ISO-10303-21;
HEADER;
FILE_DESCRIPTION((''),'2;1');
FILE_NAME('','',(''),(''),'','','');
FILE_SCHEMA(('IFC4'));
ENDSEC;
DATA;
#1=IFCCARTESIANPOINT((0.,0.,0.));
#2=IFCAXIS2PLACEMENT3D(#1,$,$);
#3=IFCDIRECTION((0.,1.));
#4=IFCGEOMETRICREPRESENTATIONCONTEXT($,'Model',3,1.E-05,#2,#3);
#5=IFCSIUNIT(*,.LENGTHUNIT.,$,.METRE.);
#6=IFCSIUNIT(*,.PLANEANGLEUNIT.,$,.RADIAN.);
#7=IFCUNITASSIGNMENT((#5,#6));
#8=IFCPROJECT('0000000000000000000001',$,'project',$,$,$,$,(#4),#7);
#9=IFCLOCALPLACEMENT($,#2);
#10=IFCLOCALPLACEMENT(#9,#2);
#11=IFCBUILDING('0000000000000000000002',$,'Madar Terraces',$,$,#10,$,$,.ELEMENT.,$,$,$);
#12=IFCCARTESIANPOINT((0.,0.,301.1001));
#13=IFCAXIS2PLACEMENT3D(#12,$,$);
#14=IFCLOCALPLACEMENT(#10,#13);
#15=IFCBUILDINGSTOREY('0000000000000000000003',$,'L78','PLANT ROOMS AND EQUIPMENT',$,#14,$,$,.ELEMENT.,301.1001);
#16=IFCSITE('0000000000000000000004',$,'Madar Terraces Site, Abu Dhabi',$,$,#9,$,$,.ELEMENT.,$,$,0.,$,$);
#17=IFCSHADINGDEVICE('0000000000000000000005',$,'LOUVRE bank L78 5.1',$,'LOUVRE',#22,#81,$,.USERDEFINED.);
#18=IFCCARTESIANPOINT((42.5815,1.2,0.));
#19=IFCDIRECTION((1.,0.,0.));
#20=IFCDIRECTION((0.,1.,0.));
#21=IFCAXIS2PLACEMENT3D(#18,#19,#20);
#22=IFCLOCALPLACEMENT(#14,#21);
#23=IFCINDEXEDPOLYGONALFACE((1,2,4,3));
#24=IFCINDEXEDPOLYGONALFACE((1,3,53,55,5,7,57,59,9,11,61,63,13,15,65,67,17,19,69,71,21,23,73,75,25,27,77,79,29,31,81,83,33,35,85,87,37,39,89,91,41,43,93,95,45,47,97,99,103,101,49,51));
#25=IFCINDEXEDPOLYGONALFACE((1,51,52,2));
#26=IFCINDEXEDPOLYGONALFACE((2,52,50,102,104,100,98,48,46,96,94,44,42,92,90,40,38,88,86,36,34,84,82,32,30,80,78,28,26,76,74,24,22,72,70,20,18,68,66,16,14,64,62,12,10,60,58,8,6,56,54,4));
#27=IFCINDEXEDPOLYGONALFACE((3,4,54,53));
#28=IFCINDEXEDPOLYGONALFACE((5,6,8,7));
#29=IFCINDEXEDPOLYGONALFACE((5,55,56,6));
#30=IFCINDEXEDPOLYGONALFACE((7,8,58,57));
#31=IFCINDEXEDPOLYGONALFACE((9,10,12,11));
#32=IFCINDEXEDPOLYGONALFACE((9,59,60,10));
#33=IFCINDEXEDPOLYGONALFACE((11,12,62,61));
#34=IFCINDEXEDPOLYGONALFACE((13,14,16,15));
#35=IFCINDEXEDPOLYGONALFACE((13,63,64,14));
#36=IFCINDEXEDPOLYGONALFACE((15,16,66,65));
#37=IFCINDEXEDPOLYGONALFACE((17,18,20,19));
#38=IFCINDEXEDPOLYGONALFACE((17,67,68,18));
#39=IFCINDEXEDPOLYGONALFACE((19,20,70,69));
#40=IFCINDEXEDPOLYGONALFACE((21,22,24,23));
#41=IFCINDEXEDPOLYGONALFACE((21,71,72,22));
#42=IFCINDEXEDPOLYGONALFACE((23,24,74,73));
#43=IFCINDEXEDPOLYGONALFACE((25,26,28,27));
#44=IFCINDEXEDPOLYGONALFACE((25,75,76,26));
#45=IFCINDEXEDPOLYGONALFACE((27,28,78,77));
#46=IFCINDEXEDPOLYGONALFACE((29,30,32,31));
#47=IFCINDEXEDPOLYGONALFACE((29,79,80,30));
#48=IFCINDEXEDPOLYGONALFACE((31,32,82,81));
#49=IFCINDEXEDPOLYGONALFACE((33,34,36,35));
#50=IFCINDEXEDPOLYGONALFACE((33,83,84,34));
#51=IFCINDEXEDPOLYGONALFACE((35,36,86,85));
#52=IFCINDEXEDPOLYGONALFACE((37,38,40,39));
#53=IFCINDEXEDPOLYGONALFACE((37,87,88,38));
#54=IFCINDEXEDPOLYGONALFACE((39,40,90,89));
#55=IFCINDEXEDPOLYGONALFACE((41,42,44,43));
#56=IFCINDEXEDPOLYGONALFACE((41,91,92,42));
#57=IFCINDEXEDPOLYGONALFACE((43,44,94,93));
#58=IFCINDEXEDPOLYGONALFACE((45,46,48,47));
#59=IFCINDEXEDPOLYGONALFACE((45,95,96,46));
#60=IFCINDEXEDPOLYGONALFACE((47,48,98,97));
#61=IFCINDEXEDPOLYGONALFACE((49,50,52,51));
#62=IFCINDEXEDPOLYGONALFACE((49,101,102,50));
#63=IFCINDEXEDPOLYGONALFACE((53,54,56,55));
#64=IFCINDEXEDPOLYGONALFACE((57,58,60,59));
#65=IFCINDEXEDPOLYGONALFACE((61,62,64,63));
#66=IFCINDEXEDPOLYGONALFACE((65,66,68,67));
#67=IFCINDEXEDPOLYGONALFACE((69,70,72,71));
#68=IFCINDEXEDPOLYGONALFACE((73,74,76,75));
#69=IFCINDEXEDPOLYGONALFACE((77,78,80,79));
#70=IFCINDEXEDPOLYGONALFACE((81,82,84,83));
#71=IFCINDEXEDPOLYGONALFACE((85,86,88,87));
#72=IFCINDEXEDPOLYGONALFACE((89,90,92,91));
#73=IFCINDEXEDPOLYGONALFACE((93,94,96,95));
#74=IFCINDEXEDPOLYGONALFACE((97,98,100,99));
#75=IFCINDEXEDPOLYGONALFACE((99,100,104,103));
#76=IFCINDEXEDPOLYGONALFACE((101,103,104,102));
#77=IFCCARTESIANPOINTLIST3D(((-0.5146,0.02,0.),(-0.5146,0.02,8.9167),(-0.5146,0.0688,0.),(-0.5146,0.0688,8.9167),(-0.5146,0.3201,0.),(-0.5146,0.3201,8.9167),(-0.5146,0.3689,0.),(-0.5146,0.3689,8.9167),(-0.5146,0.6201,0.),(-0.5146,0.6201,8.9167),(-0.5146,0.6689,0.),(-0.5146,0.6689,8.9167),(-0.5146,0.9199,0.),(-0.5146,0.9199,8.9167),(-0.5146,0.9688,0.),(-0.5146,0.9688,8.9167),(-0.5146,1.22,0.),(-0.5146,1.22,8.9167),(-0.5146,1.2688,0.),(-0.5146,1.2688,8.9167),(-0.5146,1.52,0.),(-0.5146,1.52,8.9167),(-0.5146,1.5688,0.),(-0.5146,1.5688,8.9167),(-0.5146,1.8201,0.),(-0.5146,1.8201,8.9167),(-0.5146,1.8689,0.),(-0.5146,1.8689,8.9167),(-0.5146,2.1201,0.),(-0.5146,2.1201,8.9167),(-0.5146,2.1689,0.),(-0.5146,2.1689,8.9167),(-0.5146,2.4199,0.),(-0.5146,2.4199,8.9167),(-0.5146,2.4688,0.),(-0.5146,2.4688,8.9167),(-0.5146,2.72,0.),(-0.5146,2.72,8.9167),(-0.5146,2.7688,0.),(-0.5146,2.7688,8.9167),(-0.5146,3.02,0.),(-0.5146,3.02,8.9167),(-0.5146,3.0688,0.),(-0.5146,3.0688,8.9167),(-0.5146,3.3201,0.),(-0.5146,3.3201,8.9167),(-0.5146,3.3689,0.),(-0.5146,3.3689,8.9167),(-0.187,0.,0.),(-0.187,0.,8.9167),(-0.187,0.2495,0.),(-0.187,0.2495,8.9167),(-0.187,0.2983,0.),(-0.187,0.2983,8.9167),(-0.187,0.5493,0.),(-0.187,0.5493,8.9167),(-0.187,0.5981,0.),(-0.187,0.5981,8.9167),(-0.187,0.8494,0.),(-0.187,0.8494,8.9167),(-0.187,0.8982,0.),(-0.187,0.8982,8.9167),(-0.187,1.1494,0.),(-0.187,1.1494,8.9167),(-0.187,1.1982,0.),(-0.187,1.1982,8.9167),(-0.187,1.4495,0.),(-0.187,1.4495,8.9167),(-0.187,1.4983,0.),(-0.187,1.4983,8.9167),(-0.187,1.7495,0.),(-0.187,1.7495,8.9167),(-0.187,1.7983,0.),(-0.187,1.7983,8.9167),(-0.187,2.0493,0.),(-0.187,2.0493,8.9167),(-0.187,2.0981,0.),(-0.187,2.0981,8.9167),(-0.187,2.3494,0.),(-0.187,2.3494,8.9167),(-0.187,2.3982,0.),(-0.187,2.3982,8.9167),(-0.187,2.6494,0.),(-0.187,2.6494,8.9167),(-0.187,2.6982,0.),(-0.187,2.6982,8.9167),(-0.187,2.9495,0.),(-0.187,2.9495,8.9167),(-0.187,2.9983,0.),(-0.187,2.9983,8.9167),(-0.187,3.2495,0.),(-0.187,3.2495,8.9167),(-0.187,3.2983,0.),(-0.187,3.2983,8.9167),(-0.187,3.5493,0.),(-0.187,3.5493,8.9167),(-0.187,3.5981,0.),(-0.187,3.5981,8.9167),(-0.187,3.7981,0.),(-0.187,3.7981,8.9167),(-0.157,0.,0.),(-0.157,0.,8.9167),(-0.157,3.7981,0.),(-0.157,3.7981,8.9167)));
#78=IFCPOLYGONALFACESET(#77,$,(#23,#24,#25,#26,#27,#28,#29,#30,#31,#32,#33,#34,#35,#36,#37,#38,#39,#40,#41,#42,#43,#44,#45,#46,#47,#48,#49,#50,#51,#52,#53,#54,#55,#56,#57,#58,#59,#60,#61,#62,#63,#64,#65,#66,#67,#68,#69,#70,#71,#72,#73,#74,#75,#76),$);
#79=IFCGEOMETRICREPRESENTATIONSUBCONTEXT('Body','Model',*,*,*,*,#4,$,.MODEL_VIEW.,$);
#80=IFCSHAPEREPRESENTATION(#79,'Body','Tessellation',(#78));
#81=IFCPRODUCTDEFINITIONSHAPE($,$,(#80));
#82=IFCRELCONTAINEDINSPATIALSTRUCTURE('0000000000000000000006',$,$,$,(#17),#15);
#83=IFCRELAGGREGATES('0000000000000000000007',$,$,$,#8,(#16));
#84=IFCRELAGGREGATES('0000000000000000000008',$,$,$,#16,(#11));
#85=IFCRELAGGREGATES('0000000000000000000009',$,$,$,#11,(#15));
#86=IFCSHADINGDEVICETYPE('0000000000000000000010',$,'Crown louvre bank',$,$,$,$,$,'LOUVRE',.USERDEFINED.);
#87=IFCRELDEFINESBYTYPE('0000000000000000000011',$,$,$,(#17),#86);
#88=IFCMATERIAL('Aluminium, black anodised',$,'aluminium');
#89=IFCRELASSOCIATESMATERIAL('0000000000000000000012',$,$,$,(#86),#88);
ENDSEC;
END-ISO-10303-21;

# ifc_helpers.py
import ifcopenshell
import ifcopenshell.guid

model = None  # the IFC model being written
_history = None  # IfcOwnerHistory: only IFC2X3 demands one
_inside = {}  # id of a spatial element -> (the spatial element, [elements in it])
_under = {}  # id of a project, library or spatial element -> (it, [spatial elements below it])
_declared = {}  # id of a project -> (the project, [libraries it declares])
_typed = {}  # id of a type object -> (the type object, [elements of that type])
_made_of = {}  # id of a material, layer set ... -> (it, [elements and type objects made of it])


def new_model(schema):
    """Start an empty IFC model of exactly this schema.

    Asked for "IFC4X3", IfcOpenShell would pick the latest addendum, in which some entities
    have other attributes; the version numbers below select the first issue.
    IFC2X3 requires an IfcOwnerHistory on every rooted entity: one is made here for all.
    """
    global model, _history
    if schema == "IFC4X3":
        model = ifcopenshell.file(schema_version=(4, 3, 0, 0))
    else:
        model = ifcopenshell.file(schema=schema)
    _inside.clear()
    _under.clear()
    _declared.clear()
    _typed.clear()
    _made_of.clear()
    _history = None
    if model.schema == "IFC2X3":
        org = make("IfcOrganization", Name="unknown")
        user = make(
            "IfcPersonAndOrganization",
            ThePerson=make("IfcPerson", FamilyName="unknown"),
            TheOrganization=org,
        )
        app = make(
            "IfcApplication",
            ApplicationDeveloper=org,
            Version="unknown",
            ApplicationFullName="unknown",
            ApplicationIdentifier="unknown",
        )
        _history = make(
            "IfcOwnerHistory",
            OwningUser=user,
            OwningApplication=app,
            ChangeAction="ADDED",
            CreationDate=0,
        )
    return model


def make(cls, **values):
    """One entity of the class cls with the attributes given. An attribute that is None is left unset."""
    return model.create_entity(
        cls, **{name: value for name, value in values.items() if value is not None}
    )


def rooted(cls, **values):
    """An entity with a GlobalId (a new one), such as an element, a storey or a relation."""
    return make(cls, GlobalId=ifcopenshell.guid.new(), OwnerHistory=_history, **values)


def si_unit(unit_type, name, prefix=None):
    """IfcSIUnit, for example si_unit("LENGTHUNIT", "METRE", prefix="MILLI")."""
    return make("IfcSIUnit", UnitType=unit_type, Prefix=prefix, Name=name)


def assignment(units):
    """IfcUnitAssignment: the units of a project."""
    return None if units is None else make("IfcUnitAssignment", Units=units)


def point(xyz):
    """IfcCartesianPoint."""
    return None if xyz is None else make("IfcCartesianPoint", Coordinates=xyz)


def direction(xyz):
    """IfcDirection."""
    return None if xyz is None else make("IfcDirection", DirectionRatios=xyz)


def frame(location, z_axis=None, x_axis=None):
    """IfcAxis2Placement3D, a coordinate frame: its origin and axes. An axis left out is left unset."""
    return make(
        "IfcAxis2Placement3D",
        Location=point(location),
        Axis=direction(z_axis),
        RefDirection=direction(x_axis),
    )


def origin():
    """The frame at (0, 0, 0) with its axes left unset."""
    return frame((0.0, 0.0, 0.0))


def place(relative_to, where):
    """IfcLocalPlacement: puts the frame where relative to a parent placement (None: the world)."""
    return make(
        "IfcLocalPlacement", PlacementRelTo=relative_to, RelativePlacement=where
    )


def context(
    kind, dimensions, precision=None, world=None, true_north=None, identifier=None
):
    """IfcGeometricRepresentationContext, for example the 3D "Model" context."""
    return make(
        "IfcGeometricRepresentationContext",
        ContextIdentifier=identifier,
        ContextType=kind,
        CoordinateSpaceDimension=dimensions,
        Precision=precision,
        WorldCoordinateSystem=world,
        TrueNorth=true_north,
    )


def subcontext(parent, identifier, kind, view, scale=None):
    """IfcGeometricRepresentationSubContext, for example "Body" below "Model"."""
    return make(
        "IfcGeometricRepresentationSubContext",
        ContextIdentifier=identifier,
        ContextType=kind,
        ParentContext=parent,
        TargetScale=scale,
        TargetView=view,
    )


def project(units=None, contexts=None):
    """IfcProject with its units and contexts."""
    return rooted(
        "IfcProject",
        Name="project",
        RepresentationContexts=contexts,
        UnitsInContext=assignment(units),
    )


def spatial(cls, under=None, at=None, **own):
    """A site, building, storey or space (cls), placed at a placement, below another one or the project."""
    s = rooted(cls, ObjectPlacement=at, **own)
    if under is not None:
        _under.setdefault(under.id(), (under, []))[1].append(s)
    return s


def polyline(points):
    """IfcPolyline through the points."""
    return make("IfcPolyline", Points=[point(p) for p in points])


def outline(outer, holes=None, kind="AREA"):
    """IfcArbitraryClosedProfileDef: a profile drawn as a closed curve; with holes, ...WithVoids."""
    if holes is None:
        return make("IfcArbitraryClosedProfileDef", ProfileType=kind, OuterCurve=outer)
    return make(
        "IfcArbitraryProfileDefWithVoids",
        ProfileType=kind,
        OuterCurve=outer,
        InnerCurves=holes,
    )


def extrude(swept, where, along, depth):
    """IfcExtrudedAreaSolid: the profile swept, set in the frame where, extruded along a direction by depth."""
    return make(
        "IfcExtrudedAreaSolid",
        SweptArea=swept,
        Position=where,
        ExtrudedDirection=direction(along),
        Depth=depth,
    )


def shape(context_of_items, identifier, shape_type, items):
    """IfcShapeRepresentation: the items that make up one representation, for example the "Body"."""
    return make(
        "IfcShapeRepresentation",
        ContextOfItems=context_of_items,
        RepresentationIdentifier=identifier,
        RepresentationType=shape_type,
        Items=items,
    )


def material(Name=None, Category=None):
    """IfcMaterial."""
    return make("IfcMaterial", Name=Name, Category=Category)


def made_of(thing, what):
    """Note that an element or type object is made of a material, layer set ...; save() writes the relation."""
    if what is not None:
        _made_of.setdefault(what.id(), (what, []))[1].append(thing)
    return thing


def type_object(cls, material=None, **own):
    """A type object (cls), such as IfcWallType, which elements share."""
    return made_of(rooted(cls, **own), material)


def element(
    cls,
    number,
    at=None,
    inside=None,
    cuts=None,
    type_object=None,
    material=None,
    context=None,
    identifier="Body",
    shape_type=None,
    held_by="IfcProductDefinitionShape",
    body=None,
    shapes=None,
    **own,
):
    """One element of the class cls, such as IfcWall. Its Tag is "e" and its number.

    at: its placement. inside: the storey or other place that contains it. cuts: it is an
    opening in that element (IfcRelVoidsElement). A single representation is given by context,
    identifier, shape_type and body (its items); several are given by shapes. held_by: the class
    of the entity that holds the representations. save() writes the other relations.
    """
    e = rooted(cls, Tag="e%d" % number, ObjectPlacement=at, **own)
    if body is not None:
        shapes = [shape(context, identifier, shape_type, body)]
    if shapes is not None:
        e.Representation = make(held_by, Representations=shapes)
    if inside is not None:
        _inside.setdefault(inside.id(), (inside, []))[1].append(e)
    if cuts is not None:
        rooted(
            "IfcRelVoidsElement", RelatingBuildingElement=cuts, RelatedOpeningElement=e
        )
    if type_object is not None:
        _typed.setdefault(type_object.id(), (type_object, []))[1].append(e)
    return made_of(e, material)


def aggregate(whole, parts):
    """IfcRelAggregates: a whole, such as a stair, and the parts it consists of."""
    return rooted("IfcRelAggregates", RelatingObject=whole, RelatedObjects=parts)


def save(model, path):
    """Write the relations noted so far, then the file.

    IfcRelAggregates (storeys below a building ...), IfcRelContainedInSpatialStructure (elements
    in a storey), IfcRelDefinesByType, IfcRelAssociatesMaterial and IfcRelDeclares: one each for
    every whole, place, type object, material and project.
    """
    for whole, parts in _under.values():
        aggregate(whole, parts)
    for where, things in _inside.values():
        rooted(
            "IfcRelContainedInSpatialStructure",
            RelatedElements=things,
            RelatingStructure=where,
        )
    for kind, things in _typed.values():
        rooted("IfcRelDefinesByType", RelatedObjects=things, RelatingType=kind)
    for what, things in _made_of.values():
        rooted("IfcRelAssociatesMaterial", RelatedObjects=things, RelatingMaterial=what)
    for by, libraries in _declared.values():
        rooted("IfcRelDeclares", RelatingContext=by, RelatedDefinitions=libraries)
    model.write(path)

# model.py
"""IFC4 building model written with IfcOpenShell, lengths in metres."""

from ifc_helpers import new_model, si_unit, direction, frame, origin, place, context, subcontext, project, spatial, polyline, outline, extrude, material, type_object, element, save


model = new_model("IFC4")

# Units and contexts
model_context = context("Model", 3, precision=1e-05, world=origin(), true_north=direction((0.0, 1.0)))
body_context = subcontext(model_context, "Body", "Model", "MODEL_VIEW")
ifc_project = project(units=[si_unit("LENGTHUNIT", "METRE"), si_unit("PLANEANGLEUNIT", "RADIAN")], contexts=[model_context])

# Site, building, storey
site_placement = place(None, origin())
site = spatial("IfcSite", under=ifc_project, at=site_placement, Name="Madar Terraces Site, Abu Dhabi", CompositionType="ELEMENT", RefElevation=0.0)
building_placement = place(site_placement, origin())
building = spatial("IfcBuilding", under=site, at=building_placement, Name="Madar Terraces", CompositionType="ELEMENT")
storey_placement = place(building_placement, frame((0.0, 0.0, 301.1001)))
storey = spatial("IfcBuildingStorey", under=building, at=storey_placement, Name="L78", Description="PLANT ROOMS AND EQUIPMENT", CompositionType="ELEMENT", Elevation=301.1001)

# Shading device
ifc_material_1 = material(Name="Aluminium, black anodised", Category="aluminium")
shading_device_type = type_object("IfcShadingDeviceType", Name="Crown louvre bank", ElementType="LOUVRE", PredefinedType="USERDEFINED", material=ifc_material_1)
shading_device_1_placement = place(storey_placement, frame((42.5815, 1.2, 0.0), z_axis=(1.0, 0.0, 0.0), x_axis=(0.0, 1.0, 0.0)))
element("IfcShadingDevice", 1, at=shading_device_1_placement, inside=storey, type_object=shading_device_type, Name="LOUVRE bank L78 5.1", ObjectType="LOUVRE", PredefinedType="USERDEFINED", context=body_context, shape_type="SweptSolid", body=[
    extrude(outline(polyline([(-0.157, 0.0), (-0.187, 0.0), (-0.187, 0.2495), (-0.5146, 0.02), (-0.5146, 0.0688), (-0.187, 0.2983), (-0.187, 0.5493), (-0.5146, 0.3201), (-0.5146, 0.3689), (-0.187, 0.5981), (-0.187, 0.8494), (-0.5146, 0.6201), (-0.5146, 0.6689), (-0.187, 0.8982), (-0.187, 1.1494), (-0.5146, 0.9199), (-0.5146, 0.9688), (-0.187, 1.1982), (-0.187, 1.4495), (-0.5146, 1.22), (-0.5146, 1.2688), (-0.187, 1.4983), (-0.187, 1.7495), (-0.5146, 1.52), (-0.5146, 1.5688), (-0.187, 1.7983), (-0.187, 2.0493), (-0.5146, 1.8201), (-0.5146, 1.8689), (-0.187, 2.0981), (-0.187, 2.3494), (-0.5146, 2.1201), (-0.5146, 2.1689), (-0.187, 2.3982), (-0.187, 2.6494), (-0.5146, 2.4199), (-0.5146, 2.4688), (-0.187, 2.6982), (-0.187, 2.9495), (-0.5146, 2.72), (-0.5146, 2.7688), (-0.187, 2.9983), (-0.187, 3.2495), (-0.5146, 3.02), (-0.5146, 3.0688), (-0.187, 3.2983), (-0.187, 3.5493), (-0.5146, 3.3201), (-0.5146, 3.3689), (-0.187, 3.5981), (-0.187, 3.7981), (-0.157, 3.7981), (-0.157, 0.0)])), origin(), (0.0, 0.0, 1.0), 8.9167),
])

save(model, "model.ifc")
